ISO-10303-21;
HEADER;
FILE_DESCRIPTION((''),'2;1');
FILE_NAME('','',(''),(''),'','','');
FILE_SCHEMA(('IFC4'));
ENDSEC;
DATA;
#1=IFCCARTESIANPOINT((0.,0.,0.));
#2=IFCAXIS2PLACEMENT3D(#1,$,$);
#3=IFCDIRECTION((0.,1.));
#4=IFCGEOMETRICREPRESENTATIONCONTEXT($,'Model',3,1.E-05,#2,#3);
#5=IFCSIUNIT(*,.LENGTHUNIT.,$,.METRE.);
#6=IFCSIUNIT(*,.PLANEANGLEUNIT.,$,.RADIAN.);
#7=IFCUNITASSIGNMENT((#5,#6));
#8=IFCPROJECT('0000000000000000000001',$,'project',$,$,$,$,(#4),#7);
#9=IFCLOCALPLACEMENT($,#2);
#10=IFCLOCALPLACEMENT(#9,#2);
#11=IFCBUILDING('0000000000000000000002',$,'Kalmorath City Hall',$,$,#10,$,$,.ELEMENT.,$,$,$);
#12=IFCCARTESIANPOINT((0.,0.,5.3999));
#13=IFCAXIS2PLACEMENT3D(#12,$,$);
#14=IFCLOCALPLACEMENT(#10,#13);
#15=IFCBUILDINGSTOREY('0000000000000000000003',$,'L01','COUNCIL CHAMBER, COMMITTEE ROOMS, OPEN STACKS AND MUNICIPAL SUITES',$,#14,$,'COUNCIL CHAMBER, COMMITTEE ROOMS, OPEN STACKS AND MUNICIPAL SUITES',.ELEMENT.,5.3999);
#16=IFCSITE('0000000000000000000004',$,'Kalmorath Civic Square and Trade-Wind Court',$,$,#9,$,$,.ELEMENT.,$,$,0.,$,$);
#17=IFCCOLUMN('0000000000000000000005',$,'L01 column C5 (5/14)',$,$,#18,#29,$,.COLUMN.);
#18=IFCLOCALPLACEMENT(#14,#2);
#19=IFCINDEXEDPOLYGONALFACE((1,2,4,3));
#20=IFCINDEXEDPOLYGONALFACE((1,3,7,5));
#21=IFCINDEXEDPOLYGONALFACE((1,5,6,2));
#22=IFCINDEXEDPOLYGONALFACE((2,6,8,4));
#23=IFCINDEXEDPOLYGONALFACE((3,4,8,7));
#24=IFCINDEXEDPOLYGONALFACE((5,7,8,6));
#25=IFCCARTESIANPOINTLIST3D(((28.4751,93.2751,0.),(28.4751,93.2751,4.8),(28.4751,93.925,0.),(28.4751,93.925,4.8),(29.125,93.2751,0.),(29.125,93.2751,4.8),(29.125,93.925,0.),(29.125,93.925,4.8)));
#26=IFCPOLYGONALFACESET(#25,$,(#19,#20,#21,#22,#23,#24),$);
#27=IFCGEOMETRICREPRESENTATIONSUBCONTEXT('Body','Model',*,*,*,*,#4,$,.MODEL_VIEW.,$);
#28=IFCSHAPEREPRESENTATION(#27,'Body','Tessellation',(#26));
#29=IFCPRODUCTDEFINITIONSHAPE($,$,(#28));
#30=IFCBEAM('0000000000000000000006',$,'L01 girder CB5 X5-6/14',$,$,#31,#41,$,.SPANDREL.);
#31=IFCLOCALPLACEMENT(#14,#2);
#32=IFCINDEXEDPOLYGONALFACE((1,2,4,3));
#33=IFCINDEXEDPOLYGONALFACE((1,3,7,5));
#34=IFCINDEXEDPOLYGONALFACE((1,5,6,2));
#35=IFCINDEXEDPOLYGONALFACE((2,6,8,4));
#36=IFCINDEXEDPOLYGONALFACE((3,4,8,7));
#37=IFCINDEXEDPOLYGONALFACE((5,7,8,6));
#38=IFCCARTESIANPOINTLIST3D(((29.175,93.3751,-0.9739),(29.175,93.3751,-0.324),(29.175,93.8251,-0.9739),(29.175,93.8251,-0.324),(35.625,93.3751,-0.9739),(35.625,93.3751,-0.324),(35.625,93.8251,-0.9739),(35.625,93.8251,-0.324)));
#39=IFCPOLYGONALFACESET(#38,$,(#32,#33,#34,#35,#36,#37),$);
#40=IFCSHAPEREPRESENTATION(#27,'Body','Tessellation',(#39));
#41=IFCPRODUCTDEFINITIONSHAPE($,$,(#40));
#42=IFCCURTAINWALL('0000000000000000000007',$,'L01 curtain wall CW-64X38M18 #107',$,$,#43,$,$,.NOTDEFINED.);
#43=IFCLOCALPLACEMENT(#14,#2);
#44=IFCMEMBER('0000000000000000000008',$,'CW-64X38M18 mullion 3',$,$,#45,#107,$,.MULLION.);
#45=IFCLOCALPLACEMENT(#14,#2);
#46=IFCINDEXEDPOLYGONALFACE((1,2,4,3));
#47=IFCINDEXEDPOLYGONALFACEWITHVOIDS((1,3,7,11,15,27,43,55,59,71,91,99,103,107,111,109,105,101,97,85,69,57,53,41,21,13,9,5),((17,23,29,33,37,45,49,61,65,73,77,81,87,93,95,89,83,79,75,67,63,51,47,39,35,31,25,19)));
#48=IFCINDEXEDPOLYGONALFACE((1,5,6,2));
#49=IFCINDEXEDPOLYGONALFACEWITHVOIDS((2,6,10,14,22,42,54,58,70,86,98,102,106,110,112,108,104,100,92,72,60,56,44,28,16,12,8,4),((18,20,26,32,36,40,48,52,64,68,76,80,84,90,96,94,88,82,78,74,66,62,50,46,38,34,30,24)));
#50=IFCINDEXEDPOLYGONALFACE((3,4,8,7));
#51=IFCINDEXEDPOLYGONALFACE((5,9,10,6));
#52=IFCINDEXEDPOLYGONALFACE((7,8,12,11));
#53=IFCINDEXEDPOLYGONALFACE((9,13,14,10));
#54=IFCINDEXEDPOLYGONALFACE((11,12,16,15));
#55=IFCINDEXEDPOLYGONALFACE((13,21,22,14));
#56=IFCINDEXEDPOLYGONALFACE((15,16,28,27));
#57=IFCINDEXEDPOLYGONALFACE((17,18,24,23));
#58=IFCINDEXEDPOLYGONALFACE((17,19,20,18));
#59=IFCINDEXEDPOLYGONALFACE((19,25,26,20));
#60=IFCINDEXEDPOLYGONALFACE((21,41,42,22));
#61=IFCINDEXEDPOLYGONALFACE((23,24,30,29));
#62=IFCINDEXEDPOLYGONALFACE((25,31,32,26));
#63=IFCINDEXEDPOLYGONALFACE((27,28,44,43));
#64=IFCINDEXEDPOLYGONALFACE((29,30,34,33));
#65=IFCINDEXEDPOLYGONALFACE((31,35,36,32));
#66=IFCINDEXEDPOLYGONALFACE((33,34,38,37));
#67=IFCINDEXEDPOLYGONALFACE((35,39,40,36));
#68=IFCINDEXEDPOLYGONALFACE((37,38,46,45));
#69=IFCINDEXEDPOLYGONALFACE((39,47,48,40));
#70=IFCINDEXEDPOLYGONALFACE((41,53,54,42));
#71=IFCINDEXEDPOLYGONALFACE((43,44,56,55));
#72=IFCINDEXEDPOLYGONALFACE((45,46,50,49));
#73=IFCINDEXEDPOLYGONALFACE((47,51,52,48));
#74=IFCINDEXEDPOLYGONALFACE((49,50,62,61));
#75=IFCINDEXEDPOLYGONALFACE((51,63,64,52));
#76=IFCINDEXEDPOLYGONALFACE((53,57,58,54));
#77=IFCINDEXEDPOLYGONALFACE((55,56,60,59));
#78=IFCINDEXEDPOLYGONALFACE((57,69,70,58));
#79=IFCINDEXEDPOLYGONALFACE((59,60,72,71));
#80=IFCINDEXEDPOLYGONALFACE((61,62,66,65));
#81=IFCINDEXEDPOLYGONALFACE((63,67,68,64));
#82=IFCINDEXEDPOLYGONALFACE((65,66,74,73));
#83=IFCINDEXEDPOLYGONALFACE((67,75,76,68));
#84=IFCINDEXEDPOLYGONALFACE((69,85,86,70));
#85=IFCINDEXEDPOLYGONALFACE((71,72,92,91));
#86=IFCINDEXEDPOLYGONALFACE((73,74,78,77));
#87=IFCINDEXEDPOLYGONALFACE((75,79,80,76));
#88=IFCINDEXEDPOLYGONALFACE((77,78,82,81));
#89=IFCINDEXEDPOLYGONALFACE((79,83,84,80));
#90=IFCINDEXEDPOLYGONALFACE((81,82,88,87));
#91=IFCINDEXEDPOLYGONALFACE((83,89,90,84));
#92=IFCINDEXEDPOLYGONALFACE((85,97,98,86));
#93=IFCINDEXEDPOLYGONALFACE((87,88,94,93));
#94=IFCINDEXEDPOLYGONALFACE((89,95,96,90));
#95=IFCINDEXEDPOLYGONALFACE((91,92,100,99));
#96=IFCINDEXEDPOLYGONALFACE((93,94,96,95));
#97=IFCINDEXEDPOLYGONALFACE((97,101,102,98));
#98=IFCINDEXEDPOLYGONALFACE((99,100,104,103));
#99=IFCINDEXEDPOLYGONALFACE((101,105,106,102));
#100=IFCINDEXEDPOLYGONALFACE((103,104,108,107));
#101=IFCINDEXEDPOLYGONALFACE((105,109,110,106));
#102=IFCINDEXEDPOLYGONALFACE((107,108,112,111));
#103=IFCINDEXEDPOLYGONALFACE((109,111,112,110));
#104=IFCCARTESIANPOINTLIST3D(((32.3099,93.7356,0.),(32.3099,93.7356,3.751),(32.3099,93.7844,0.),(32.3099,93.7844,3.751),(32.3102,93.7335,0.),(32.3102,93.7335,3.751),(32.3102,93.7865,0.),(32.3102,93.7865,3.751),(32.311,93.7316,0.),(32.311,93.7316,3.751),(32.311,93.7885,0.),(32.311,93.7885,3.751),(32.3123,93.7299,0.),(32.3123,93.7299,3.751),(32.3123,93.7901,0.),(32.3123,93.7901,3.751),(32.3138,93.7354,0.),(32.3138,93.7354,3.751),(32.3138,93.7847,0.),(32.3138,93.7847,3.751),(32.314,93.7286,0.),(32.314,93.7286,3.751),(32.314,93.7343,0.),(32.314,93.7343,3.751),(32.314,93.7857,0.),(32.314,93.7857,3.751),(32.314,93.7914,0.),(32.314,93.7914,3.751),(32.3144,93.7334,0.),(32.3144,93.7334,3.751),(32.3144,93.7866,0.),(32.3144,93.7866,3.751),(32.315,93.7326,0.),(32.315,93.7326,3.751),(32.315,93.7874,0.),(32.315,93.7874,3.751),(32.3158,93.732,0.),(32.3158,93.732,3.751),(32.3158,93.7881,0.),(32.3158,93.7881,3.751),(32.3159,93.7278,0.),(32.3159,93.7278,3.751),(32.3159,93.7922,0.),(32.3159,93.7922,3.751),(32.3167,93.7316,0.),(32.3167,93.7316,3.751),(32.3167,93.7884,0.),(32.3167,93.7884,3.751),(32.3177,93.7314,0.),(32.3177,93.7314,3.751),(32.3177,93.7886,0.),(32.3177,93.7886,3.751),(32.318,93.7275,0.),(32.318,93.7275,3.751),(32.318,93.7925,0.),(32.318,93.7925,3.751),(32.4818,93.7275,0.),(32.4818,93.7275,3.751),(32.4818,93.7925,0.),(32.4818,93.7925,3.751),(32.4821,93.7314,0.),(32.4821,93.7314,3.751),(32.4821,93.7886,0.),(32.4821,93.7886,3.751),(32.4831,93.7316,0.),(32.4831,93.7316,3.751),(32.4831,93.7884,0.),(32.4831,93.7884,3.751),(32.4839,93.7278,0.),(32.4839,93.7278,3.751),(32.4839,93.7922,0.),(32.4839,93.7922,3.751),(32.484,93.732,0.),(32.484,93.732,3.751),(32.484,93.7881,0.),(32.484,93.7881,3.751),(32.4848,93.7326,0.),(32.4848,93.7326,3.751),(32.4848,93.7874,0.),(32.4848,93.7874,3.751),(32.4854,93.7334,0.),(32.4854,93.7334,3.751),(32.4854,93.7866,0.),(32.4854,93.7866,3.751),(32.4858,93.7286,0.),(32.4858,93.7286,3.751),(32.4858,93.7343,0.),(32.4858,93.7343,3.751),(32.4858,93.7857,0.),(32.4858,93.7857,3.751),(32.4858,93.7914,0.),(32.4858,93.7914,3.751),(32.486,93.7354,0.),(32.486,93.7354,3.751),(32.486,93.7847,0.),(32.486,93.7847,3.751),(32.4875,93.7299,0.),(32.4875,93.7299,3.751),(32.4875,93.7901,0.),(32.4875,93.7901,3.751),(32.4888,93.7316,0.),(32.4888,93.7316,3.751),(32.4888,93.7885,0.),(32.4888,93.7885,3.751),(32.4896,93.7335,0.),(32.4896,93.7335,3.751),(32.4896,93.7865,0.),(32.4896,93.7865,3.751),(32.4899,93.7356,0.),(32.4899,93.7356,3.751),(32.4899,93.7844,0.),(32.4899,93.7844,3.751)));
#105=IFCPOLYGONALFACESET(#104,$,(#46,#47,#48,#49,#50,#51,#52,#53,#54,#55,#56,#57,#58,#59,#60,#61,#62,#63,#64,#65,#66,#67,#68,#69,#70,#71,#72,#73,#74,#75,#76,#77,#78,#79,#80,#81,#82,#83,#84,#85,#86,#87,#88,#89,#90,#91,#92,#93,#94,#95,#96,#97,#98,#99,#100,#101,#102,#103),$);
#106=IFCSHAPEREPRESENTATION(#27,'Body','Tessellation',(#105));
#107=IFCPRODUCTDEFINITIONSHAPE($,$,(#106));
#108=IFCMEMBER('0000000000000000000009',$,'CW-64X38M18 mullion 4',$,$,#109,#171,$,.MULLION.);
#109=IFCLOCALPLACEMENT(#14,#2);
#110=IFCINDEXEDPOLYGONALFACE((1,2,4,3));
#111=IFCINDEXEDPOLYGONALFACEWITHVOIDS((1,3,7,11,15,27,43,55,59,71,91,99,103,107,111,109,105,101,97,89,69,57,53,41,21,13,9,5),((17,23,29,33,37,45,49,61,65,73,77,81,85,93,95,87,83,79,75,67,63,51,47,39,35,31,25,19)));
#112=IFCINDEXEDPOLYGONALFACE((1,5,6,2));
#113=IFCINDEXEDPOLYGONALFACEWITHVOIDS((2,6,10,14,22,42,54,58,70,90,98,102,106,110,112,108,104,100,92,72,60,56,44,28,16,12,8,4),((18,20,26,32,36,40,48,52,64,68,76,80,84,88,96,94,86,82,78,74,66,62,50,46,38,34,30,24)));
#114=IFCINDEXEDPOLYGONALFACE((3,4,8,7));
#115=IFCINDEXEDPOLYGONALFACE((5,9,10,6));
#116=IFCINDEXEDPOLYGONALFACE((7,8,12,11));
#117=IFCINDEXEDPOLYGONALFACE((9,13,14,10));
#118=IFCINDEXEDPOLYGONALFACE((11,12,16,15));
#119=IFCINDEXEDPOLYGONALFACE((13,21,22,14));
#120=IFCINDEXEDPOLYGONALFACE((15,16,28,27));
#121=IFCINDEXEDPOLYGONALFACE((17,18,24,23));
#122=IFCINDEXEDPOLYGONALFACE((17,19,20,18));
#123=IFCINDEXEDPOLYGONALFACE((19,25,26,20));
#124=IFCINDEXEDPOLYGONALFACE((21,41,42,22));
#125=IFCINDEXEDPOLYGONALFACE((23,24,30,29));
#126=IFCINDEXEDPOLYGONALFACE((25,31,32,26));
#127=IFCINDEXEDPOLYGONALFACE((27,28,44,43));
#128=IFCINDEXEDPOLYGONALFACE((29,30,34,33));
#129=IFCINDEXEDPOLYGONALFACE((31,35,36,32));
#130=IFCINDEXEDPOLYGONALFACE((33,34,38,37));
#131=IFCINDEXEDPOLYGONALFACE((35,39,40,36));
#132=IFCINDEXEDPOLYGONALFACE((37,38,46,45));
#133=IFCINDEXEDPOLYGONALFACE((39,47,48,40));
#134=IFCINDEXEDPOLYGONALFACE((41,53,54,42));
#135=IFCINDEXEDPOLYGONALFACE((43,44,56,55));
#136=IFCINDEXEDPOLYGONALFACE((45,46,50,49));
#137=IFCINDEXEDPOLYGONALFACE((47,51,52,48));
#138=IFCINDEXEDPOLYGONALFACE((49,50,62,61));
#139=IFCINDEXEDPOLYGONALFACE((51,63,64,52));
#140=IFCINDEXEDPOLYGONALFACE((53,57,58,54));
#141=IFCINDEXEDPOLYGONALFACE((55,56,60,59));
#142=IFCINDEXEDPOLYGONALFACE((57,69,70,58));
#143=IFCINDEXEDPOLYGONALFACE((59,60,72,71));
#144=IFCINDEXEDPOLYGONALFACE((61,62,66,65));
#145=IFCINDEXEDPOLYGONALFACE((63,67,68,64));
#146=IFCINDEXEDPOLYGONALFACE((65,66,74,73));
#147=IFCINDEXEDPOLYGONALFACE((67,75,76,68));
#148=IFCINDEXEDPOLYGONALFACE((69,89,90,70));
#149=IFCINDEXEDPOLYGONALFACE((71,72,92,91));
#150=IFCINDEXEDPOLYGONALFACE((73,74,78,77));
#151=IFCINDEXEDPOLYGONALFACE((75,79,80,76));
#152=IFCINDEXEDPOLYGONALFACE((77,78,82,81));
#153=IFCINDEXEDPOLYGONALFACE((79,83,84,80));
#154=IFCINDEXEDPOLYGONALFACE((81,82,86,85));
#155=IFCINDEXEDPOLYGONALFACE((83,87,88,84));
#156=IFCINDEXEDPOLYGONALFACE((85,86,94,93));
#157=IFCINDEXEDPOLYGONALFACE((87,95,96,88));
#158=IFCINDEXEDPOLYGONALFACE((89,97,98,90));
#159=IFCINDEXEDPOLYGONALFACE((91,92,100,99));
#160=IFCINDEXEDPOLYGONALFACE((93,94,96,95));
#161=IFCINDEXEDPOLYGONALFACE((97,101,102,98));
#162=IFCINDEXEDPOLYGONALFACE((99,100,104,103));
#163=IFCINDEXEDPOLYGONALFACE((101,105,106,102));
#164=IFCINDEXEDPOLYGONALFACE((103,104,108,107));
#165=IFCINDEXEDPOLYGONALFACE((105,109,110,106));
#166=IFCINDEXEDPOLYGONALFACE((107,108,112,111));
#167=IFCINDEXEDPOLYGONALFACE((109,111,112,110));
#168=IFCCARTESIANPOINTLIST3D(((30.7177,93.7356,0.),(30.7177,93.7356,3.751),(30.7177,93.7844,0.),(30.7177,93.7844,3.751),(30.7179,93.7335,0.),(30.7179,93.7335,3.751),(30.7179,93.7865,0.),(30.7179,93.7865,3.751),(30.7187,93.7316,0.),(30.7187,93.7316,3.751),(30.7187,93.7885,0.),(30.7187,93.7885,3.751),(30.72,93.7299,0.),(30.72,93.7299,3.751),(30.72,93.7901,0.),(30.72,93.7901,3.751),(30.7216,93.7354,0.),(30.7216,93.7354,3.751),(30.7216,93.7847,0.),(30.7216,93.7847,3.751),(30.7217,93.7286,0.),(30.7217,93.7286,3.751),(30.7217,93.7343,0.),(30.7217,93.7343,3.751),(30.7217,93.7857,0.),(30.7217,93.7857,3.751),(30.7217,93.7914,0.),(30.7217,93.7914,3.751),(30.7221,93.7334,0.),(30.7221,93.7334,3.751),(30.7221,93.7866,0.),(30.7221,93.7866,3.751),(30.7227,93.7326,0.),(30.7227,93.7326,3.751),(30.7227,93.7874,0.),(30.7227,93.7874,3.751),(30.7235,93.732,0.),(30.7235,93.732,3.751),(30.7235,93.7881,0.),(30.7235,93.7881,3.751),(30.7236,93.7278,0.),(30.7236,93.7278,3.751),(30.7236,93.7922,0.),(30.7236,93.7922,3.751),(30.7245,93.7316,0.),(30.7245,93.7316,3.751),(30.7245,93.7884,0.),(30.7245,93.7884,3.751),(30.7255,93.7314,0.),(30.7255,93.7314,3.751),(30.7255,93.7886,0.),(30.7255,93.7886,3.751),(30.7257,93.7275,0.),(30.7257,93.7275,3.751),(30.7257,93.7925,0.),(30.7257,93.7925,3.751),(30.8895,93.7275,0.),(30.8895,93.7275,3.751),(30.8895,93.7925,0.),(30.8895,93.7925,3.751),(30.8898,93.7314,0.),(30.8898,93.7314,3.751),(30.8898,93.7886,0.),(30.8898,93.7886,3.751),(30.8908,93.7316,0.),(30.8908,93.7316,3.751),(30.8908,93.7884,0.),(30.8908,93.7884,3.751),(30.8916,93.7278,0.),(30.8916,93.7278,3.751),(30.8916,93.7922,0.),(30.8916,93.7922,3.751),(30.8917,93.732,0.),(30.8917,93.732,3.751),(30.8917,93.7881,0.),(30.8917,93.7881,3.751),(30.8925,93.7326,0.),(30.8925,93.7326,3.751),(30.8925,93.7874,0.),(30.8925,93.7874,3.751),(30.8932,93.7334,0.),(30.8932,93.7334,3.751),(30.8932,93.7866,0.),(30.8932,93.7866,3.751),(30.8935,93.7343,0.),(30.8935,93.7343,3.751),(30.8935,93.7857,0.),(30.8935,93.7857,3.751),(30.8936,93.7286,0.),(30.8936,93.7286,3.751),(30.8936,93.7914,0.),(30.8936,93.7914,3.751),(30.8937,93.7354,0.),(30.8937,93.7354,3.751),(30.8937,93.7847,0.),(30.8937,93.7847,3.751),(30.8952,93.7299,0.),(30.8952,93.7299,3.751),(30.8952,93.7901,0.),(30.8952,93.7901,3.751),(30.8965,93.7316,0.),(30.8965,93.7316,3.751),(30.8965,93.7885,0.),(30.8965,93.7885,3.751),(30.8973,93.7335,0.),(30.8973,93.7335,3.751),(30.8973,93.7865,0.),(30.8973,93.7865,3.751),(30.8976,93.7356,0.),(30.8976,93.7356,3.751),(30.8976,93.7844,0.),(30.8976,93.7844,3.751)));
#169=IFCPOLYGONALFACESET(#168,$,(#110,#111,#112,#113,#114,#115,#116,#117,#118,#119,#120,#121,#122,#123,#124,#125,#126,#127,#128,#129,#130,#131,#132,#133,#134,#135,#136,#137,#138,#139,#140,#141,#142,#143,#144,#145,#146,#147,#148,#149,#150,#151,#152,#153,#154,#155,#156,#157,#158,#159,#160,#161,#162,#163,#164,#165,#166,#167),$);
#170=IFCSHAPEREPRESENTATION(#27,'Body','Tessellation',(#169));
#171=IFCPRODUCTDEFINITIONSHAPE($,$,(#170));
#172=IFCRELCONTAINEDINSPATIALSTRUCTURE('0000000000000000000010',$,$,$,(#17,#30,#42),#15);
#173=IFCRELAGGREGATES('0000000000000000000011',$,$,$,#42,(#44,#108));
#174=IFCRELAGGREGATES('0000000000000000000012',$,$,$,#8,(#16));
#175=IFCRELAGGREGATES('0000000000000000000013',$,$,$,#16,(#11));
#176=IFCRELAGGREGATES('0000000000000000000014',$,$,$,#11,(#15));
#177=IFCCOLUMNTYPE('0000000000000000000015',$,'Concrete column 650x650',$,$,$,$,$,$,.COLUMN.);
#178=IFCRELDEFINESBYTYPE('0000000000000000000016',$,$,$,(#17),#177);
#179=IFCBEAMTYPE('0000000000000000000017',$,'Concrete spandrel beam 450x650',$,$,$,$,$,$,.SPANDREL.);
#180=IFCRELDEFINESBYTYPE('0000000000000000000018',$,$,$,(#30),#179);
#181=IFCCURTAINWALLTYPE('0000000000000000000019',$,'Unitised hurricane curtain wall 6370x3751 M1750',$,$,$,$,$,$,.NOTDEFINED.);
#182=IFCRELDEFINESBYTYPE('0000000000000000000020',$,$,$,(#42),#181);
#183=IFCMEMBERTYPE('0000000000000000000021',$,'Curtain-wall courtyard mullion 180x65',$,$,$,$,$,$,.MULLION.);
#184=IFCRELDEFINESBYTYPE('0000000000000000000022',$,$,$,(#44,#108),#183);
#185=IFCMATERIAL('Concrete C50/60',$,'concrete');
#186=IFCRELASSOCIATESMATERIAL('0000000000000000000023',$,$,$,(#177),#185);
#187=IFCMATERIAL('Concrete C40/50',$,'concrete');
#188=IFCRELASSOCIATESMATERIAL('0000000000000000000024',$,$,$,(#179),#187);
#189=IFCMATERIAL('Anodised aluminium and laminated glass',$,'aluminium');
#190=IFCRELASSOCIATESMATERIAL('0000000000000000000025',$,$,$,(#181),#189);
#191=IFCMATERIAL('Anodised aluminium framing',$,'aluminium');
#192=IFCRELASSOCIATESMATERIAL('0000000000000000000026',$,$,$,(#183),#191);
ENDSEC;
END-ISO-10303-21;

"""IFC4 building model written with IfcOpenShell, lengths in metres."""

from ifc_helpers import new_model, si_unit, direction, frame, origin, origin_2d, place, context, subcontext, project, spatial, rectangle, hollow_rectangle, extrude, material, material_profile, profile_set, type_object, element, aggregate, save


model = new_model("IFC4")

# Units and contexts
model_context = context("Model", 3, precision=1e-05, world=origin(), true_north=direction((0.0, 1.0)))
body_context = subcontext(model_context, "Body", "Model", "MODEL_VIEW")
ifc_project = project(units=[si_unit("LENGTHUNIT", "METRE"), si_unit("PLANEANGLEUNIT", "RADIAN")], contexts=[model_context])

# Site, building, storey
site_placement = place(None, origin())
site = spatial("IfcSite", under=ifc_project, at=site_placement, Name="Kalmorath Civic Square and Trade-Wind Court", CompositionType="ELEMENT", RefElevation=0.0)
building_placement = place(site_placement, origin())
building = spatial("IfcBuilding", under=site, at=building_placement, Name="Kalmorath City Hall", CompositionType="ELEMENT")
storey_placement = place(building_placement, frame((0.0, 0.0, 5.3999)))
storey = spatial("IfcBuildingStorey", under=building, at=storey_placement, Name="L01", Description="COUNCIL CHAMBER, COMMITTEE ROOMS, OPEN STACKS AND MUNICIPAL SUITES", LongName="COUNCIL CHAMBER, COMMITTEE ROOMS, OPEN STACKS AND MUNICIPAL SUITES", CompositionType="ELEMENT", Elevation=5.3999)

# Column
ifc_material_1 = material(Name="Concrete C50/60", Category="concrete")
ifc_material_profile_1 = material_profile(ifc_material_1, rectangle(XDim=0.6499, YDim=0.6499, at=origin_2d()), Name="RC-COL-650X650")
ifc_profile_set_1 = profile_set([ifc_material_profile_1], Name="Concrete C50/60")
column_type = type_object("IfcColumnType", Name="Concrete column 650x650", PredefinedType="COLUMN", material=ifc_profile_set_1)
column_placement = place(storey_placement, frame((28.8, 93.6001, 0.0), z_axis=(0.0, 0.0, 1.0), x_axis=(1.0, 0.0, 0.0)))
element("IfcColumn", 1, at=column_placement, inside=storey, type_object=column_type, Name="L01 column C5 (5/14)", PredefinedType="COLUMN", context=body_context, shape_type="SweptSolid", body=[
    extrude(rectangle(XDim=0.6499, YDim=0.6499, at=origin_2d()), origin(), (0.0, 0.0, 1.0), 4.8),
])

# Beam
ifc_material_2 = material(Name="Concrete C40/50", Category="concrete")
ifc_material_profile_2 = material_profile(ifc_material_2, rectangle(XDim=0.45, YDim=0.6499, at=origin_2d()), Name="RC-BM-450X650")
ifc_profile_set_2 = profile_set([ifc_material_profile_2], Name="Concrete C40/50")
beam_type = type_object("IfcBeamType", Name="Concrete spandrel beam 450x650", PredefinedType="SPANDREL", material=ifc_profile_set_2)
beam_placement = place(storey_placement, frame((29.175, 93.6001, -0.6489), z_axis=(1.0, 0.0, 0.0), x_axis=(0.0, 1.0, 0.0)))
element("IfcBeam", 2, at=beam_placement, inside=storey, type_object=beam_type, Name="L01 girder CB5 X5-6/14", PredefinedType="SPANDREL", context=body_context, shape_type="SweptSolid", body=[
    extrude(rectangle(XDim=0.45, YDim=0.6499, at=origin_2d()), origin(), (0.0, 0.0, 1.0), 6.45),
])

# Curtain wall, members
ifc_material_3 = material(Name="Anodised aluminium and laminated glass", Category="aluminium")
curtain_wall_type_1 = type_object("IfcCurtainWallType", Name="Unitised hurricane curtain wall 6370x3751 M1750", PredefinedType="NOTDEFINED", material=ifc_material_3)
curtain_wall_1_placement = place(storey_placement, origin())
curtain_wall_1 = element("IfcCurtainWall", 3, at=curtain_wall_1_placement, inside=storey, type_object=curtain_wall_type_1, Name="L01 curtain wall CW-64X38M18 #107", PredefinedType="NOTDEFINED")
ifc_material_4 = material(Name="Anodised aluminium framing", Category="aluminium")
ifc_material_profile_3 = material_profile(ifc_material_4, hollow_rectangle(XDim=0.0649, YDim=0.1799, WallThickness=0.0039, InnerFilletRadius=0.0039, OuterFilletRadius=0.0081, at=origin_2d()), Name="ALU-MUL-180X65X4")
ifc_profile_set_3 = profile_set([ifc_material_profile_3], Name="Anodised aluminium framing")
member_type_1 = type_object("IfcMemberType", Name="Curtain-wall courtyard mullion 180x65", PredefinedType="MULLION", material=ifc_profile_set_3)
member_1_placement = place(storey_placement, frame((32.3999, 93.76, 0.0), z_axis=(0.0, 0.0, 1.0), x_axis=(0.0, -1.0, 0.0)))
member_1 = element("IfcMember", 4, at=member_1_placement, type_object=member_type_1, Name="CW-64X38M18 mullion 3", PredefinedType="MULLION", context=body_context, shape_type="SweptSolid", body=[
    extrude(hollow_rectangle(XDim=0.0649, YDim=0.1799, WallThickness=0.0039, InnerFilletRadius=0.0039, OuterFilletRadius=0.0081, at=origin_2d()), origin(), (0.0, 0.0, 1.0), 3.751),
])
member_2_placement = place(storey_placement, frame((30.8076, 93.76, 0.0), z_axis=(0.0, 0.0, 1.0), x_axis=(0.0, -1.0, 0.0)))
member_2 = element("IfcMember", 5, at=member_2_placement, type_object=member_type_1, Name="CW-64X38M18 mullion 4", PredefinedType="MULLION", context=body_context, shape_type="SweptSolid", body=[
    extrude(hollow_rectangle(XDim=0.0649, YDim=0.1799, WallThickness=0.0039, InnerFilletRadius=0.0039, OuterFilletRadius=0.0081, at=origin_2d()), origin(), (0.0, 0.0, 1.0), 3.751),
])

aggregate(curtain_wall_1, [member_1, member_2])

save(model, "model.ifc")
